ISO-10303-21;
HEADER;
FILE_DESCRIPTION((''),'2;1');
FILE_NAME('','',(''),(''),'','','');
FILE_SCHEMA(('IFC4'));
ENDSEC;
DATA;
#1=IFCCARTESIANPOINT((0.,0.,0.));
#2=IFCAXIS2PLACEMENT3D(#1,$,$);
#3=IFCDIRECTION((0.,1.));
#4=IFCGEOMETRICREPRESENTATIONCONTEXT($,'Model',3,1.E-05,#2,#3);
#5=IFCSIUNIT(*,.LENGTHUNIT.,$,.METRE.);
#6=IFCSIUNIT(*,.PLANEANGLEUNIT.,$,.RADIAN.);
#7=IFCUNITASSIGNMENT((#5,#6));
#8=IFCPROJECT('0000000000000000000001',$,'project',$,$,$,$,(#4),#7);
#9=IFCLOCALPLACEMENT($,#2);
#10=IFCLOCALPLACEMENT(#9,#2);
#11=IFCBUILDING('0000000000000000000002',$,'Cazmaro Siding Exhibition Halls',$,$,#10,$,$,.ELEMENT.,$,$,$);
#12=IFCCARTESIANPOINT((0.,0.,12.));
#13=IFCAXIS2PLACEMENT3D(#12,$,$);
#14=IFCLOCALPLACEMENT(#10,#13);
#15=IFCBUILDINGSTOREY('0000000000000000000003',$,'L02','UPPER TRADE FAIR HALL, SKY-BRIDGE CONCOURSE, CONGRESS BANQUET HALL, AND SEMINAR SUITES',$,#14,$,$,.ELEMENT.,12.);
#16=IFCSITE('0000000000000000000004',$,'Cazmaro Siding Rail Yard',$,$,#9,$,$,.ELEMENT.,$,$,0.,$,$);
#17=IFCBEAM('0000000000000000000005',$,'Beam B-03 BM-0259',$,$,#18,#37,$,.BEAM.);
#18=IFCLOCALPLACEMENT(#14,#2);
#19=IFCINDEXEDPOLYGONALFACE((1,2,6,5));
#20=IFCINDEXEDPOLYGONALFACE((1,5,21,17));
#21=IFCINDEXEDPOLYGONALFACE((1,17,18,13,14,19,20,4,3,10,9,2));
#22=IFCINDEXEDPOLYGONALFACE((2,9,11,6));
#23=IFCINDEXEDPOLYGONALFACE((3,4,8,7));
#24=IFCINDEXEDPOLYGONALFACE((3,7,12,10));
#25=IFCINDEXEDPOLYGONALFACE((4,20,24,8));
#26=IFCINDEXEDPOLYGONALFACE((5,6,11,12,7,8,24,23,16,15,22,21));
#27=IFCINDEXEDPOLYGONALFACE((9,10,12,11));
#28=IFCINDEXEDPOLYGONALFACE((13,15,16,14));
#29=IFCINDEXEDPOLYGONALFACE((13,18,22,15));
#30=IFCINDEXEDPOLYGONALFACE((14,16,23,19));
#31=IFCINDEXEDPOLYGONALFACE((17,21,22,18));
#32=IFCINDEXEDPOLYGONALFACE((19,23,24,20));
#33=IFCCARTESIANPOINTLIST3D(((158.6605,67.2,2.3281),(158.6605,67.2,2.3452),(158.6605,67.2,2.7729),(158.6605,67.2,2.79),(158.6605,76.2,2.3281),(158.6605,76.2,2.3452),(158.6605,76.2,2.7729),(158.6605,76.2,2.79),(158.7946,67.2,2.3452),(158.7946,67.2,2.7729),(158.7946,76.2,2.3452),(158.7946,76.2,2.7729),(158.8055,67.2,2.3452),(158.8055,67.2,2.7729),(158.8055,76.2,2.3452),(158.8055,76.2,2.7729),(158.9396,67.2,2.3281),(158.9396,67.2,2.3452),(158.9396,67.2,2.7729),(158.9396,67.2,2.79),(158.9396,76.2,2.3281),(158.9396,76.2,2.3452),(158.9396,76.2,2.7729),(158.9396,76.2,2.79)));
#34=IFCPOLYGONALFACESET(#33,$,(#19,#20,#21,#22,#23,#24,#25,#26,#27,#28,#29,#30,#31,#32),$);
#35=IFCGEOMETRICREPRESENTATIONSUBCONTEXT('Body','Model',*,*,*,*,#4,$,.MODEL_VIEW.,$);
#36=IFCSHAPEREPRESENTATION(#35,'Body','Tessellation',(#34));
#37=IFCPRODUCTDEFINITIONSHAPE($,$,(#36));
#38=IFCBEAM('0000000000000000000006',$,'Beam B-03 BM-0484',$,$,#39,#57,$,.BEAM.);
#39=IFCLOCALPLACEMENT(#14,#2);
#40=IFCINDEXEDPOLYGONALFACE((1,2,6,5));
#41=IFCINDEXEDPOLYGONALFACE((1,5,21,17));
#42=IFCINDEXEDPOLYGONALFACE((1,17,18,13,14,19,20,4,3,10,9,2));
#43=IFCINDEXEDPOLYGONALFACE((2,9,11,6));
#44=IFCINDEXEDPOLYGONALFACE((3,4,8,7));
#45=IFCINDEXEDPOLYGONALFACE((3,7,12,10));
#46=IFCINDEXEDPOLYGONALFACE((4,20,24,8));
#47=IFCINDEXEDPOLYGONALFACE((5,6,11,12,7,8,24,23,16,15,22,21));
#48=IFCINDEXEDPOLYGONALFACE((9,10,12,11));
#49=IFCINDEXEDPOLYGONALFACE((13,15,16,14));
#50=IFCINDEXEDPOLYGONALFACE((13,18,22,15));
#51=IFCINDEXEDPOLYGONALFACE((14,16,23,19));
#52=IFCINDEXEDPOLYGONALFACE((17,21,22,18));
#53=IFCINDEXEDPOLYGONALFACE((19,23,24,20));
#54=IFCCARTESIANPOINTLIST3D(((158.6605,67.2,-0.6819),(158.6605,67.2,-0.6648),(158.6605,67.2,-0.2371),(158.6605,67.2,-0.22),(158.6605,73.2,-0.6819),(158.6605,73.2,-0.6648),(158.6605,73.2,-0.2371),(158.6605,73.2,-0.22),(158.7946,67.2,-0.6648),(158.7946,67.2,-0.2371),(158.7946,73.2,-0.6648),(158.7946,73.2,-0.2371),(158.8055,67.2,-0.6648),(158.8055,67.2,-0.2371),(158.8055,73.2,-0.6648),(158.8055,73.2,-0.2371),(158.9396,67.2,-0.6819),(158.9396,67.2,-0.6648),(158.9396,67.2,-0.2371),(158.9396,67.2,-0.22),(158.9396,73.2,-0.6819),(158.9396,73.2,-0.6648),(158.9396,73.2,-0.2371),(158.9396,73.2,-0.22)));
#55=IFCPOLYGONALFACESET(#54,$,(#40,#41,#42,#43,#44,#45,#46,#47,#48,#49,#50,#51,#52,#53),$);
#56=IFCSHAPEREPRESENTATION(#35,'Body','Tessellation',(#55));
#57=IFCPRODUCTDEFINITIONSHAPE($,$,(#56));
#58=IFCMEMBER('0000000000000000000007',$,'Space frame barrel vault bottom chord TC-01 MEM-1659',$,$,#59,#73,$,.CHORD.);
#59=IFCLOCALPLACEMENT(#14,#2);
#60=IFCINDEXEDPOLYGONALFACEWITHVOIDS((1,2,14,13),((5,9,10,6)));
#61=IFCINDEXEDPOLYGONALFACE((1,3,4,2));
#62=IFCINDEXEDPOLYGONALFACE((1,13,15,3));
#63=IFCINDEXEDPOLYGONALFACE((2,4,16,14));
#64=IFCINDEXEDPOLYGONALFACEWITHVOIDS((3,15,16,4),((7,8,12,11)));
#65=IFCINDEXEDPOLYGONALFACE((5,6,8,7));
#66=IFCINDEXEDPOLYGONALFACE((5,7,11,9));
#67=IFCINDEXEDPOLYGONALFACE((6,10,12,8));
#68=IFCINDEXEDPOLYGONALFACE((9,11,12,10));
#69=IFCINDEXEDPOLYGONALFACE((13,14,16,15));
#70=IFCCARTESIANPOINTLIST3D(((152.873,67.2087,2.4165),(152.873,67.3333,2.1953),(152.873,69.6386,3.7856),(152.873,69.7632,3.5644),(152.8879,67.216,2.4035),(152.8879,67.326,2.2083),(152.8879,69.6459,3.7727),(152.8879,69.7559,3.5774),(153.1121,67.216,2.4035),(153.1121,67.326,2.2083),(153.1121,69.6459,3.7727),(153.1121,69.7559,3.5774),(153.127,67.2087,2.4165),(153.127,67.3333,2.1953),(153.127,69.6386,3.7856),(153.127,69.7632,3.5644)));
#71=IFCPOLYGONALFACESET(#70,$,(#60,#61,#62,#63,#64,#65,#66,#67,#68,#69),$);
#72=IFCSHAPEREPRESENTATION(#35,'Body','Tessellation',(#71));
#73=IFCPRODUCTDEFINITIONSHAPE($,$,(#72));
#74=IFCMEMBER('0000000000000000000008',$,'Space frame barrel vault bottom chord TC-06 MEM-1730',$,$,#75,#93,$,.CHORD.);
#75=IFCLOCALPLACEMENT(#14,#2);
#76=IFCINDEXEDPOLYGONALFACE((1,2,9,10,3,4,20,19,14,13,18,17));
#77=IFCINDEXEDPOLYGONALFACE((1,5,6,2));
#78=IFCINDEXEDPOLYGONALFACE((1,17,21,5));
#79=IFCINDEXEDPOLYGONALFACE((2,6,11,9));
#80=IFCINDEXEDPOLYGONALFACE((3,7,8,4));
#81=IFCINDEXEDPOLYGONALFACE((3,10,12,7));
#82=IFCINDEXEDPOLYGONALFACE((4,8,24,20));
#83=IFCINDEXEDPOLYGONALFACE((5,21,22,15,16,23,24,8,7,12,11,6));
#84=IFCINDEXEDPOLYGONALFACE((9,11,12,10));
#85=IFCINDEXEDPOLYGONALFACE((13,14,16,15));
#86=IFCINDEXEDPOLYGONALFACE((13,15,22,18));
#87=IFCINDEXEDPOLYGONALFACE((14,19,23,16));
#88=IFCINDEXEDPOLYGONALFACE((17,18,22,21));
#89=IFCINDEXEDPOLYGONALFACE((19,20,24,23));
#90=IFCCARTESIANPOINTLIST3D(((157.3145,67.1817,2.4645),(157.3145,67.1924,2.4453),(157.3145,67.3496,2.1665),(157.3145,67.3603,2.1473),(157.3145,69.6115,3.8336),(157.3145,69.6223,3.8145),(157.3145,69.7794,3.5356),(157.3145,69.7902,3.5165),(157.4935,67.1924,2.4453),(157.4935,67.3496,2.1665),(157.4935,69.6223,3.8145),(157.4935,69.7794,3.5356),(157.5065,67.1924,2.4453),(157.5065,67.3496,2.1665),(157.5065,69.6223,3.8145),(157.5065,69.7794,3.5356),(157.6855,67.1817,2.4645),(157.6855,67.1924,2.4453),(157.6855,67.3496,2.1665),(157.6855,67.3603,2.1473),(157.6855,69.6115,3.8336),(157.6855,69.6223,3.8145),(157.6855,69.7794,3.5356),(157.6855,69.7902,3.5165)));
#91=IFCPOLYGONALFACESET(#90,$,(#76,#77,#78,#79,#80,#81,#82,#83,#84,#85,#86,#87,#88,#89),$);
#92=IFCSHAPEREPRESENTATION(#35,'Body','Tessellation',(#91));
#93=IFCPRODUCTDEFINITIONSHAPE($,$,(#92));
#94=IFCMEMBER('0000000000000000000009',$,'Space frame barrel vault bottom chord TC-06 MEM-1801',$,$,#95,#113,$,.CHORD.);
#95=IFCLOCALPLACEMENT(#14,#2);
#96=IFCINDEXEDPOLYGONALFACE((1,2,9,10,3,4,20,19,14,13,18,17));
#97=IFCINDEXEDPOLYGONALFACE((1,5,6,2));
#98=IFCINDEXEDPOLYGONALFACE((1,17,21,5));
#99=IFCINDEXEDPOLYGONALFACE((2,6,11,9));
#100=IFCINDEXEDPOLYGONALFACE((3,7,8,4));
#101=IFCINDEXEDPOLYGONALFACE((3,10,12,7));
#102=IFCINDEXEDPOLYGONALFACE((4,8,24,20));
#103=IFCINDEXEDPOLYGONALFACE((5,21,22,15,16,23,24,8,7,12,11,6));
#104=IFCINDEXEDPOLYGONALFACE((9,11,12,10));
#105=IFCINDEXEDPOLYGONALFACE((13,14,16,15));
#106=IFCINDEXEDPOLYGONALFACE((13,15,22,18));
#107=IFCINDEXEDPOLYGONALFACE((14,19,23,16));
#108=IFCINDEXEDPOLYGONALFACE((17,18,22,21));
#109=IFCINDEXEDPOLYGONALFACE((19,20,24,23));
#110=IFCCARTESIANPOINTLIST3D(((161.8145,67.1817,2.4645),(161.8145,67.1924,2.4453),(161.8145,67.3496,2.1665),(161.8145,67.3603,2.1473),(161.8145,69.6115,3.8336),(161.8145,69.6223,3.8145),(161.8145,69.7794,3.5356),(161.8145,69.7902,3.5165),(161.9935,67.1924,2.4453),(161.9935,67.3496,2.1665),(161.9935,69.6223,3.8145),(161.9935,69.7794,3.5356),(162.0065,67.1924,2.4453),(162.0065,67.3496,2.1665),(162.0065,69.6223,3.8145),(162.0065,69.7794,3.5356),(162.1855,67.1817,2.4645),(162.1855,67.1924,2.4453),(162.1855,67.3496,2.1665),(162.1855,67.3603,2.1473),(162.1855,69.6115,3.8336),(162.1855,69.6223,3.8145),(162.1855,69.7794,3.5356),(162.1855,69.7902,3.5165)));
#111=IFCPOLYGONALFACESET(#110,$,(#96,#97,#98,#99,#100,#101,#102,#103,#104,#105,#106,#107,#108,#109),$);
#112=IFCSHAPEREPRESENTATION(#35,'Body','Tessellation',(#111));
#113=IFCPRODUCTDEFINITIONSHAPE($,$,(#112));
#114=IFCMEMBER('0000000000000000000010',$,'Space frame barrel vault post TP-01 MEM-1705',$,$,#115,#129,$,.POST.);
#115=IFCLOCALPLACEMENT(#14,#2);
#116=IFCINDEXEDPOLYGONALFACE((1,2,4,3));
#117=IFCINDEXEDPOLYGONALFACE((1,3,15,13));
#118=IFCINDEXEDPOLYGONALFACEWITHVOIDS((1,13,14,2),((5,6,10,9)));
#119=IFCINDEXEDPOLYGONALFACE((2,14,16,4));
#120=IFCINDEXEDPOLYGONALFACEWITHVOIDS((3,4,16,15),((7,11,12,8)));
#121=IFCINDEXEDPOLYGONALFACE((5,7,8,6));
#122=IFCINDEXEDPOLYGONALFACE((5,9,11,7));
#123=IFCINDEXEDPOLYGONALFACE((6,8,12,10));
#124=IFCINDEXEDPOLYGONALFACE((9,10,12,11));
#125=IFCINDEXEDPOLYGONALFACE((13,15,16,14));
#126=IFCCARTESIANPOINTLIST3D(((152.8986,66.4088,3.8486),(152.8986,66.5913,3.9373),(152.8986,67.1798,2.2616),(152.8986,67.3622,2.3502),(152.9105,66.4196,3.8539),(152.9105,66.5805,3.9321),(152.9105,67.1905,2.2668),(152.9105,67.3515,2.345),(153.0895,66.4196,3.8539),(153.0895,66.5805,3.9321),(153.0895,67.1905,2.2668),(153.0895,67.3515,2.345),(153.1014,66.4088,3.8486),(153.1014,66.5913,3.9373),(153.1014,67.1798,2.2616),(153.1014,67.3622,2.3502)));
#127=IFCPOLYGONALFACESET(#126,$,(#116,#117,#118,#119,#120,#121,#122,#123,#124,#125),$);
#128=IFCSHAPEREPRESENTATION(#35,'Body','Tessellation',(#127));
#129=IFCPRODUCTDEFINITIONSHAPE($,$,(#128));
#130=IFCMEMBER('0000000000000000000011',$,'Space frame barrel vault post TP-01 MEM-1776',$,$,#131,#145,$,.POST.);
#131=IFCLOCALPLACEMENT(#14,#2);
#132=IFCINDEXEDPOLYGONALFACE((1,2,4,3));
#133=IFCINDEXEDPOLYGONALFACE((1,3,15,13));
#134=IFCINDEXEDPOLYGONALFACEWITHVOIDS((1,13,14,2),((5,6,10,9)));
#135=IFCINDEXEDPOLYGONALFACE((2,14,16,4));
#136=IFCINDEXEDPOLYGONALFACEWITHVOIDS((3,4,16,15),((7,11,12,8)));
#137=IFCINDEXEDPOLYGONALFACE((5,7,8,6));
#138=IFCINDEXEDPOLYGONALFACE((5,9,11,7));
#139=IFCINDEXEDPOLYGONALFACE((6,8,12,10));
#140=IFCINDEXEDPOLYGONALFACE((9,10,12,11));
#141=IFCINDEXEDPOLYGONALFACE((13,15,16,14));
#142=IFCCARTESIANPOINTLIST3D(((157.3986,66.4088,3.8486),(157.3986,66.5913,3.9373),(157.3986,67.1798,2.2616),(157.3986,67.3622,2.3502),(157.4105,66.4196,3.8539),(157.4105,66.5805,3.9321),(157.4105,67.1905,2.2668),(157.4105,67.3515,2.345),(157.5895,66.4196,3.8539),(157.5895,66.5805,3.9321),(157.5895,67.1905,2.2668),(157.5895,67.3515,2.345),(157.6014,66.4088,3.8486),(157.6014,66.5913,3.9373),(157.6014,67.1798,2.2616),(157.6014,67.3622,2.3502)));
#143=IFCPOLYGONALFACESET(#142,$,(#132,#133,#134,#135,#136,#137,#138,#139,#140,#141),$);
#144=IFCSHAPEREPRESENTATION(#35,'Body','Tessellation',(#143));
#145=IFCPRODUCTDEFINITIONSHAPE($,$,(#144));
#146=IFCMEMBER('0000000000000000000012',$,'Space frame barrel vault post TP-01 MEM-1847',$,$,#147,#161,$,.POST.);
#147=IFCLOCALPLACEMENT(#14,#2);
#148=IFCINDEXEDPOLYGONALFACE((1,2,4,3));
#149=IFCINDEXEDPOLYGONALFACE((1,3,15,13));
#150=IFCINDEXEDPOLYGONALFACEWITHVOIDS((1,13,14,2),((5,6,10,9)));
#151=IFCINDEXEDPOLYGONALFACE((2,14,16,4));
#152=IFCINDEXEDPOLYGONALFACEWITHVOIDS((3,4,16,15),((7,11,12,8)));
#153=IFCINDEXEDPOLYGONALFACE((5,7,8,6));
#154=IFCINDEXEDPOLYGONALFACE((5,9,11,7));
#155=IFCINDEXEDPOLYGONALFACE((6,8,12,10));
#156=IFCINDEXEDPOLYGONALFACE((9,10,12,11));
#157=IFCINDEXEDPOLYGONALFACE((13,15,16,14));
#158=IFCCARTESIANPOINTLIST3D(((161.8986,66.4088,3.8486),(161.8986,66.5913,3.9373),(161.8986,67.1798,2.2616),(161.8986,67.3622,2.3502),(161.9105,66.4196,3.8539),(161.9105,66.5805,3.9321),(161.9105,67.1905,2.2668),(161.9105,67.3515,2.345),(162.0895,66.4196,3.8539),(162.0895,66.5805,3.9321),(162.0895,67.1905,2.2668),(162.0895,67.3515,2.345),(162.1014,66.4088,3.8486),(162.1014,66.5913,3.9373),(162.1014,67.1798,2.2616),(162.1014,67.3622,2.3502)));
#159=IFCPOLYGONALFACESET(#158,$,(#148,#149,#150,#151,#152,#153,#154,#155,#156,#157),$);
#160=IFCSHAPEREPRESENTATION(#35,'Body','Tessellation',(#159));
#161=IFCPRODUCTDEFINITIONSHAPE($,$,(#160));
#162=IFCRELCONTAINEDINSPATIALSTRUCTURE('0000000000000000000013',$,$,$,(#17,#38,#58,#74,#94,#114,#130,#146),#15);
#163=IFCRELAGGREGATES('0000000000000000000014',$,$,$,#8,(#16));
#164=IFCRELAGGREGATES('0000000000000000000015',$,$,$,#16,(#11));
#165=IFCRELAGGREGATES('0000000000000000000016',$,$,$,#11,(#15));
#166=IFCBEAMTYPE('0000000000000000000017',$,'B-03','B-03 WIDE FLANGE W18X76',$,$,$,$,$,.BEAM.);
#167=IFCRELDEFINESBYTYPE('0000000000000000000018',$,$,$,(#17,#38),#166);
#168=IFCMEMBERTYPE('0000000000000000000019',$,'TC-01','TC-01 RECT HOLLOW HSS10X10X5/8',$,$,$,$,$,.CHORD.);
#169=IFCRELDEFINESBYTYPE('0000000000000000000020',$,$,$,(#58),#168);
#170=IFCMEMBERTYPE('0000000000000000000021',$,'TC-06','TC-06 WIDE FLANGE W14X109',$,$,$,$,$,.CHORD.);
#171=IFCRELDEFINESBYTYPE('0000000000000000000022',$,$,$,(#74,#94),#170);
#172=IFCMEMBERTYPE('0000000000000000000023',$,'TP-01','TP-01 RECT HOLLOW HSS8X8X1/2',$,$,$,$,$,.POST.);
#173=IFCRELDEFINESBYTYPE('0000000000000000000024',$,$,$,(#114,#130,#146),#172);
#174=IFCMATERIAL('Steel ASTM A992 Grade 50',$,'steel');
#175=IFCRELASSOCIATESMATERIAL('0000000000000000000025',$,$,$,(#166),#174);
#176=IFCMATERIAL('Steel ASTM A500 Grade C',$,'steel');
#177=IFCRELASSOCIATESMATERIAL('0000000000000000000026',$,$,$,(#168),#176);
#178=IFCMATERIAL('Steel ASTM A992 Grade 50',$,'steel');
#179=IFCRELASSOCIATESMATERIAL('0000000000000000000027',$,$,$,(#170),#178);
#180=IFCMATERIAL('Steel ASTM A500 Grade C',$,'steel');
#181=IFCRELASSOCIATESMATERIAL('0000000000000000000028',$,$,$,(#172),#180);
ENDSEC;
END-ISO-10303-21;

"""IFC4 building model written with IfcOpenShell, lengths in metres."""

from ifc_helpers import new_model, si_unit, direction, frame, origin, origin_2d, place, context, subcontext, project, spatial, hollow_rectangle, i_section, extrude, material, material_profile, profile_set, type_object, element, save


model = new_model("IFC4")

# Units and contexts
model_context = context("Model", 3, precision=1e-05, world=origin(), true_north=direction((0.0, 1.0)))
body_context = subcontext(model_context, "Body", "Model", "MODEL_VIEW")
ifc_project = project(units=[si_unit("LENGTHUNIT", "METRE"), si_unit("PLANEANGLEUNIT", "RADIAN")], contexts=[model_context])

# Site, building, storey
site_placement = place(None, origin())
site = spatial("IfcSite", under=ifc_project, at=site_placement, Name="Cazmaro Siding Rail Yard", CompositionType="ELEMENT", RefElevation=0.0)
building_placement = place(site_placement, origin())
building = spatial("IfcBuilding", under=site, at=building_placement, Name="Cazmaro Siding Exhibition Halls", CompositionType="ELEMENT")
storey_placement = place(building_placement, frame((0.0, 0.0, 12.0)))
storey = spatial("IfcBuildingStorey", under=building, at=storey_placement, Name="L02", Description="UPPER TRADE FAIR HALL, SKY-BRIDGE CONCOURSE, CONGRESS BANQUET HALL, AND SEMINAR SUITES", CompositionType="ELEMENT", Elevation=12.0)

# Beams
ifc_material_1 = material(Name="Steel ASTM A992 Grade 50", Category="steel")
ifc_material_profile_1 = material_profile(ifc_material_1, i_section(OverallWidth=0.2791, OverallDepth=0.4619, WebThickness=0.011, FlangeThickness=0.0171, at=origin_2d()), Name="W18X76")
ifc_profile_set_1 = profile_set([ifc_material_profile_1], Name="Steel ASTM A992 Grade 50")
beam_type = type_object("IfcBeamType", Name="B-03", Description="B-03 WIDE FLANGE W18X76", PredefinedType="BEAM", material=ifc_profile_set_1)
beam_1_placement = place(storey_placement, frame((158.8, 67.2, 2.5591), z_axis=(0.0, 1.0, 0.0), x_axis=(-1.0, 0.0, 0.0)))
element("IfcBeam", 1, at=beam_1_placement, inside=storey, type_object=beam_type, Name="Beam B-03 BM-0259", PredefinedType="BEAM", context=body_context, shape_type="SweptSolid", body=[
    extrude(i_section(OverallWidth=0.2791, OverallDepth=0.4619, WebThickness=0.011, FlangeThickness=0.0171, at=origin_2d()), origin(), (0.0, 0.0, 1.0), 9.0),
])
beam_2_placement = place(storey_placement, frame((158.8, 67.2, -0.4509), z_axis=(0.0, 1.0, 0.0), x_axis=(-1.0, 0.0, 0.0)))
element("IfcBeam", 2, at=beam_2_placement, inside=storey, type_object=beam_type, Name="Beam B-03 BM-0484", PredefinedType="BEAM", context=body_context, shape_type="SweptSolid", body=[
    extrude(i_section(OverallWidth=0.2791, OverallDepth=0.4619, WebThickness=0.011, FlangeThickness=0.0171, at=origin_2d()), origin(), (0.0, 0.0, 1.0), 6.0),
])

# Members
ifc_material_2 = material(Name="Steel ASTM A500 Grade C", Category="steel")
ifc_material_profile_2 = material_profile(ifc_material_2, hollow_rectangle(XDim=0.2539, YDim=0.2539, WallThickness=0.0149, at=origin_2d()), Name="HSS10X10X5/8")
ifc_profile_set_2 = profile_set([ifc_material_profile_2], Name="Steel ASTM A500 Grade C")
member_type_1 = type_object("IfcMemberType", Name="TC-01", Description="TC-01 RECT HOLLOW HSS10X10X5/8", PredefinedType="CHORD", material=ifc_profile_set_2)
member_placement = place(storey_placement, frame((153.0, 67.271, 2.3059), z_axis=(0.0, 0.871222, 0.490889), x_axis=(-1.0, 0.0, 0.0)))
element("IfcMember", 3, at=member_placement, inside=storey, type_object=member_type_1, Name="Space frame barrel vault bottom chord TC-01 MEM-1659", PredefinedType="CHORD", context=body_context, shape_type="SweptSolid", body=[
    extrude(hollow_rectangle(XDim=0.2539, YDim=0.2539, WallThickness=0.0149, at=origin_2d()), origin(), (0.0, 0.0, 1.0), 2.7891),
])
ifc_material_3 = material(Name="Steel ASTM A992 Grade 50", Category="steel")
ifc_material_profile_3 = material_profile(ifc_material_3, i_section(OverallWidth=0.3711, OverallDepth=0.364, WebThickness=0.0129, FlangeThickness=0.022, at=origin_2d()), Name="W14X109")
ifc_profile_set_3 = profile_set([ifc_material_profile_3], Name="Steel ASTM A992 Grade 50")
member_type_2 = type_object("IfcMemberType", Name="TC-06", Description="TC-06 WIDE FLANGE W14X109", PredefinedType="CHORD", material=ifc_profile_set_3)
for number, where, z_axis, x_axis, name in (
    (4, (157.5, 67.271, 2.3059), (0.0, 0.871222, 0.490889), (-1.0, 0.0, 0.0), "Space frame barrel vault bottom chord TC-06 MEM-1730"),
    (5, (162.0, 67.271, 2.3059), (0.0, 0.871222, 0.490889), (-1.0, 0.0, 0.0), "Space frame barrel vault bottom chord TC-06 MEM-1801"),
):
    element("IfcMember", number, at=place(storey_placement, frame(where, z_axis=z_axis, x_axis=x_axis)), inside=storey, type_object=member_type_2, Name=name, PredefinedType="CHORD", context=body_context, shape_type="SweptSolid", body=[
        extrude(i_section(OverallWidth=0.3711, OverallDepth=0.364, WebThickness=0.0129, FlangeThickness=0.022, at=origin_2d()), origin(), (0.0, 0.0, 1.0), 2.7891),
    ])
ifc_material_4 = material(Name="Steel ASTM A500 Grade C", Category="steel")
ifc_material_profile_4 = material_profile(ifc_material_4, hollow_rectangle(XDim=0.2029, YDim=0.2029, WallThickness=0.012, at=origin_2d()), Name="HSS8X8X1/2")
ifc_profile_set_4 = profile_set([ifc_material_profile_4], Name="Steel ASTM A500 Grade C")
member_type_3 = type_object("IfcMemberType", Name="TP-01", Description="TP-01 RECT HOLLOW HSS8X8X1/2", PredefinedType="POST", material=ifc_profile_set_4)
for number, where, z_axis, x_axis, name in (
    (6, (153.0, 67.271, 2.3059), (0.0, -0.436946, 0.899488), (1.0, 0.0, 0.0), "Space frame barrel vault post TP-01 MEM-1705"),
    (7, (157.5, 67.271, 2.3059), (0.0, -0.436946, 0.899488), (1.0, 0.0, 0.0), "Space frame barrel vault post TP-01 MEM-1776"),
    (8, (162.0, 67.271, 2.3059), (0.0, -0.436946, 0.899488), (1.0, 0.0, 0.0), "Space frame barrel vault post TP-01 MEM-1847"),
):
    element("IfcMember", number, at=place(storey_placement, frame(where, z_axis=z_axis, x_axis=x_axis)), inside=storey, type_object=member_type_3, Name=name, PredefinedType="POST", context=body_context, shape_type="SweptSolid", body=[
        extrude(hollow_rectangle(XDim=0.2029, YDim=0.2029, WallThickness=0.012, at=origin_2d()), origin(), (0.0, 0.0, 1.0), 1.7644),
    ])

save(model, "model.ifc")
